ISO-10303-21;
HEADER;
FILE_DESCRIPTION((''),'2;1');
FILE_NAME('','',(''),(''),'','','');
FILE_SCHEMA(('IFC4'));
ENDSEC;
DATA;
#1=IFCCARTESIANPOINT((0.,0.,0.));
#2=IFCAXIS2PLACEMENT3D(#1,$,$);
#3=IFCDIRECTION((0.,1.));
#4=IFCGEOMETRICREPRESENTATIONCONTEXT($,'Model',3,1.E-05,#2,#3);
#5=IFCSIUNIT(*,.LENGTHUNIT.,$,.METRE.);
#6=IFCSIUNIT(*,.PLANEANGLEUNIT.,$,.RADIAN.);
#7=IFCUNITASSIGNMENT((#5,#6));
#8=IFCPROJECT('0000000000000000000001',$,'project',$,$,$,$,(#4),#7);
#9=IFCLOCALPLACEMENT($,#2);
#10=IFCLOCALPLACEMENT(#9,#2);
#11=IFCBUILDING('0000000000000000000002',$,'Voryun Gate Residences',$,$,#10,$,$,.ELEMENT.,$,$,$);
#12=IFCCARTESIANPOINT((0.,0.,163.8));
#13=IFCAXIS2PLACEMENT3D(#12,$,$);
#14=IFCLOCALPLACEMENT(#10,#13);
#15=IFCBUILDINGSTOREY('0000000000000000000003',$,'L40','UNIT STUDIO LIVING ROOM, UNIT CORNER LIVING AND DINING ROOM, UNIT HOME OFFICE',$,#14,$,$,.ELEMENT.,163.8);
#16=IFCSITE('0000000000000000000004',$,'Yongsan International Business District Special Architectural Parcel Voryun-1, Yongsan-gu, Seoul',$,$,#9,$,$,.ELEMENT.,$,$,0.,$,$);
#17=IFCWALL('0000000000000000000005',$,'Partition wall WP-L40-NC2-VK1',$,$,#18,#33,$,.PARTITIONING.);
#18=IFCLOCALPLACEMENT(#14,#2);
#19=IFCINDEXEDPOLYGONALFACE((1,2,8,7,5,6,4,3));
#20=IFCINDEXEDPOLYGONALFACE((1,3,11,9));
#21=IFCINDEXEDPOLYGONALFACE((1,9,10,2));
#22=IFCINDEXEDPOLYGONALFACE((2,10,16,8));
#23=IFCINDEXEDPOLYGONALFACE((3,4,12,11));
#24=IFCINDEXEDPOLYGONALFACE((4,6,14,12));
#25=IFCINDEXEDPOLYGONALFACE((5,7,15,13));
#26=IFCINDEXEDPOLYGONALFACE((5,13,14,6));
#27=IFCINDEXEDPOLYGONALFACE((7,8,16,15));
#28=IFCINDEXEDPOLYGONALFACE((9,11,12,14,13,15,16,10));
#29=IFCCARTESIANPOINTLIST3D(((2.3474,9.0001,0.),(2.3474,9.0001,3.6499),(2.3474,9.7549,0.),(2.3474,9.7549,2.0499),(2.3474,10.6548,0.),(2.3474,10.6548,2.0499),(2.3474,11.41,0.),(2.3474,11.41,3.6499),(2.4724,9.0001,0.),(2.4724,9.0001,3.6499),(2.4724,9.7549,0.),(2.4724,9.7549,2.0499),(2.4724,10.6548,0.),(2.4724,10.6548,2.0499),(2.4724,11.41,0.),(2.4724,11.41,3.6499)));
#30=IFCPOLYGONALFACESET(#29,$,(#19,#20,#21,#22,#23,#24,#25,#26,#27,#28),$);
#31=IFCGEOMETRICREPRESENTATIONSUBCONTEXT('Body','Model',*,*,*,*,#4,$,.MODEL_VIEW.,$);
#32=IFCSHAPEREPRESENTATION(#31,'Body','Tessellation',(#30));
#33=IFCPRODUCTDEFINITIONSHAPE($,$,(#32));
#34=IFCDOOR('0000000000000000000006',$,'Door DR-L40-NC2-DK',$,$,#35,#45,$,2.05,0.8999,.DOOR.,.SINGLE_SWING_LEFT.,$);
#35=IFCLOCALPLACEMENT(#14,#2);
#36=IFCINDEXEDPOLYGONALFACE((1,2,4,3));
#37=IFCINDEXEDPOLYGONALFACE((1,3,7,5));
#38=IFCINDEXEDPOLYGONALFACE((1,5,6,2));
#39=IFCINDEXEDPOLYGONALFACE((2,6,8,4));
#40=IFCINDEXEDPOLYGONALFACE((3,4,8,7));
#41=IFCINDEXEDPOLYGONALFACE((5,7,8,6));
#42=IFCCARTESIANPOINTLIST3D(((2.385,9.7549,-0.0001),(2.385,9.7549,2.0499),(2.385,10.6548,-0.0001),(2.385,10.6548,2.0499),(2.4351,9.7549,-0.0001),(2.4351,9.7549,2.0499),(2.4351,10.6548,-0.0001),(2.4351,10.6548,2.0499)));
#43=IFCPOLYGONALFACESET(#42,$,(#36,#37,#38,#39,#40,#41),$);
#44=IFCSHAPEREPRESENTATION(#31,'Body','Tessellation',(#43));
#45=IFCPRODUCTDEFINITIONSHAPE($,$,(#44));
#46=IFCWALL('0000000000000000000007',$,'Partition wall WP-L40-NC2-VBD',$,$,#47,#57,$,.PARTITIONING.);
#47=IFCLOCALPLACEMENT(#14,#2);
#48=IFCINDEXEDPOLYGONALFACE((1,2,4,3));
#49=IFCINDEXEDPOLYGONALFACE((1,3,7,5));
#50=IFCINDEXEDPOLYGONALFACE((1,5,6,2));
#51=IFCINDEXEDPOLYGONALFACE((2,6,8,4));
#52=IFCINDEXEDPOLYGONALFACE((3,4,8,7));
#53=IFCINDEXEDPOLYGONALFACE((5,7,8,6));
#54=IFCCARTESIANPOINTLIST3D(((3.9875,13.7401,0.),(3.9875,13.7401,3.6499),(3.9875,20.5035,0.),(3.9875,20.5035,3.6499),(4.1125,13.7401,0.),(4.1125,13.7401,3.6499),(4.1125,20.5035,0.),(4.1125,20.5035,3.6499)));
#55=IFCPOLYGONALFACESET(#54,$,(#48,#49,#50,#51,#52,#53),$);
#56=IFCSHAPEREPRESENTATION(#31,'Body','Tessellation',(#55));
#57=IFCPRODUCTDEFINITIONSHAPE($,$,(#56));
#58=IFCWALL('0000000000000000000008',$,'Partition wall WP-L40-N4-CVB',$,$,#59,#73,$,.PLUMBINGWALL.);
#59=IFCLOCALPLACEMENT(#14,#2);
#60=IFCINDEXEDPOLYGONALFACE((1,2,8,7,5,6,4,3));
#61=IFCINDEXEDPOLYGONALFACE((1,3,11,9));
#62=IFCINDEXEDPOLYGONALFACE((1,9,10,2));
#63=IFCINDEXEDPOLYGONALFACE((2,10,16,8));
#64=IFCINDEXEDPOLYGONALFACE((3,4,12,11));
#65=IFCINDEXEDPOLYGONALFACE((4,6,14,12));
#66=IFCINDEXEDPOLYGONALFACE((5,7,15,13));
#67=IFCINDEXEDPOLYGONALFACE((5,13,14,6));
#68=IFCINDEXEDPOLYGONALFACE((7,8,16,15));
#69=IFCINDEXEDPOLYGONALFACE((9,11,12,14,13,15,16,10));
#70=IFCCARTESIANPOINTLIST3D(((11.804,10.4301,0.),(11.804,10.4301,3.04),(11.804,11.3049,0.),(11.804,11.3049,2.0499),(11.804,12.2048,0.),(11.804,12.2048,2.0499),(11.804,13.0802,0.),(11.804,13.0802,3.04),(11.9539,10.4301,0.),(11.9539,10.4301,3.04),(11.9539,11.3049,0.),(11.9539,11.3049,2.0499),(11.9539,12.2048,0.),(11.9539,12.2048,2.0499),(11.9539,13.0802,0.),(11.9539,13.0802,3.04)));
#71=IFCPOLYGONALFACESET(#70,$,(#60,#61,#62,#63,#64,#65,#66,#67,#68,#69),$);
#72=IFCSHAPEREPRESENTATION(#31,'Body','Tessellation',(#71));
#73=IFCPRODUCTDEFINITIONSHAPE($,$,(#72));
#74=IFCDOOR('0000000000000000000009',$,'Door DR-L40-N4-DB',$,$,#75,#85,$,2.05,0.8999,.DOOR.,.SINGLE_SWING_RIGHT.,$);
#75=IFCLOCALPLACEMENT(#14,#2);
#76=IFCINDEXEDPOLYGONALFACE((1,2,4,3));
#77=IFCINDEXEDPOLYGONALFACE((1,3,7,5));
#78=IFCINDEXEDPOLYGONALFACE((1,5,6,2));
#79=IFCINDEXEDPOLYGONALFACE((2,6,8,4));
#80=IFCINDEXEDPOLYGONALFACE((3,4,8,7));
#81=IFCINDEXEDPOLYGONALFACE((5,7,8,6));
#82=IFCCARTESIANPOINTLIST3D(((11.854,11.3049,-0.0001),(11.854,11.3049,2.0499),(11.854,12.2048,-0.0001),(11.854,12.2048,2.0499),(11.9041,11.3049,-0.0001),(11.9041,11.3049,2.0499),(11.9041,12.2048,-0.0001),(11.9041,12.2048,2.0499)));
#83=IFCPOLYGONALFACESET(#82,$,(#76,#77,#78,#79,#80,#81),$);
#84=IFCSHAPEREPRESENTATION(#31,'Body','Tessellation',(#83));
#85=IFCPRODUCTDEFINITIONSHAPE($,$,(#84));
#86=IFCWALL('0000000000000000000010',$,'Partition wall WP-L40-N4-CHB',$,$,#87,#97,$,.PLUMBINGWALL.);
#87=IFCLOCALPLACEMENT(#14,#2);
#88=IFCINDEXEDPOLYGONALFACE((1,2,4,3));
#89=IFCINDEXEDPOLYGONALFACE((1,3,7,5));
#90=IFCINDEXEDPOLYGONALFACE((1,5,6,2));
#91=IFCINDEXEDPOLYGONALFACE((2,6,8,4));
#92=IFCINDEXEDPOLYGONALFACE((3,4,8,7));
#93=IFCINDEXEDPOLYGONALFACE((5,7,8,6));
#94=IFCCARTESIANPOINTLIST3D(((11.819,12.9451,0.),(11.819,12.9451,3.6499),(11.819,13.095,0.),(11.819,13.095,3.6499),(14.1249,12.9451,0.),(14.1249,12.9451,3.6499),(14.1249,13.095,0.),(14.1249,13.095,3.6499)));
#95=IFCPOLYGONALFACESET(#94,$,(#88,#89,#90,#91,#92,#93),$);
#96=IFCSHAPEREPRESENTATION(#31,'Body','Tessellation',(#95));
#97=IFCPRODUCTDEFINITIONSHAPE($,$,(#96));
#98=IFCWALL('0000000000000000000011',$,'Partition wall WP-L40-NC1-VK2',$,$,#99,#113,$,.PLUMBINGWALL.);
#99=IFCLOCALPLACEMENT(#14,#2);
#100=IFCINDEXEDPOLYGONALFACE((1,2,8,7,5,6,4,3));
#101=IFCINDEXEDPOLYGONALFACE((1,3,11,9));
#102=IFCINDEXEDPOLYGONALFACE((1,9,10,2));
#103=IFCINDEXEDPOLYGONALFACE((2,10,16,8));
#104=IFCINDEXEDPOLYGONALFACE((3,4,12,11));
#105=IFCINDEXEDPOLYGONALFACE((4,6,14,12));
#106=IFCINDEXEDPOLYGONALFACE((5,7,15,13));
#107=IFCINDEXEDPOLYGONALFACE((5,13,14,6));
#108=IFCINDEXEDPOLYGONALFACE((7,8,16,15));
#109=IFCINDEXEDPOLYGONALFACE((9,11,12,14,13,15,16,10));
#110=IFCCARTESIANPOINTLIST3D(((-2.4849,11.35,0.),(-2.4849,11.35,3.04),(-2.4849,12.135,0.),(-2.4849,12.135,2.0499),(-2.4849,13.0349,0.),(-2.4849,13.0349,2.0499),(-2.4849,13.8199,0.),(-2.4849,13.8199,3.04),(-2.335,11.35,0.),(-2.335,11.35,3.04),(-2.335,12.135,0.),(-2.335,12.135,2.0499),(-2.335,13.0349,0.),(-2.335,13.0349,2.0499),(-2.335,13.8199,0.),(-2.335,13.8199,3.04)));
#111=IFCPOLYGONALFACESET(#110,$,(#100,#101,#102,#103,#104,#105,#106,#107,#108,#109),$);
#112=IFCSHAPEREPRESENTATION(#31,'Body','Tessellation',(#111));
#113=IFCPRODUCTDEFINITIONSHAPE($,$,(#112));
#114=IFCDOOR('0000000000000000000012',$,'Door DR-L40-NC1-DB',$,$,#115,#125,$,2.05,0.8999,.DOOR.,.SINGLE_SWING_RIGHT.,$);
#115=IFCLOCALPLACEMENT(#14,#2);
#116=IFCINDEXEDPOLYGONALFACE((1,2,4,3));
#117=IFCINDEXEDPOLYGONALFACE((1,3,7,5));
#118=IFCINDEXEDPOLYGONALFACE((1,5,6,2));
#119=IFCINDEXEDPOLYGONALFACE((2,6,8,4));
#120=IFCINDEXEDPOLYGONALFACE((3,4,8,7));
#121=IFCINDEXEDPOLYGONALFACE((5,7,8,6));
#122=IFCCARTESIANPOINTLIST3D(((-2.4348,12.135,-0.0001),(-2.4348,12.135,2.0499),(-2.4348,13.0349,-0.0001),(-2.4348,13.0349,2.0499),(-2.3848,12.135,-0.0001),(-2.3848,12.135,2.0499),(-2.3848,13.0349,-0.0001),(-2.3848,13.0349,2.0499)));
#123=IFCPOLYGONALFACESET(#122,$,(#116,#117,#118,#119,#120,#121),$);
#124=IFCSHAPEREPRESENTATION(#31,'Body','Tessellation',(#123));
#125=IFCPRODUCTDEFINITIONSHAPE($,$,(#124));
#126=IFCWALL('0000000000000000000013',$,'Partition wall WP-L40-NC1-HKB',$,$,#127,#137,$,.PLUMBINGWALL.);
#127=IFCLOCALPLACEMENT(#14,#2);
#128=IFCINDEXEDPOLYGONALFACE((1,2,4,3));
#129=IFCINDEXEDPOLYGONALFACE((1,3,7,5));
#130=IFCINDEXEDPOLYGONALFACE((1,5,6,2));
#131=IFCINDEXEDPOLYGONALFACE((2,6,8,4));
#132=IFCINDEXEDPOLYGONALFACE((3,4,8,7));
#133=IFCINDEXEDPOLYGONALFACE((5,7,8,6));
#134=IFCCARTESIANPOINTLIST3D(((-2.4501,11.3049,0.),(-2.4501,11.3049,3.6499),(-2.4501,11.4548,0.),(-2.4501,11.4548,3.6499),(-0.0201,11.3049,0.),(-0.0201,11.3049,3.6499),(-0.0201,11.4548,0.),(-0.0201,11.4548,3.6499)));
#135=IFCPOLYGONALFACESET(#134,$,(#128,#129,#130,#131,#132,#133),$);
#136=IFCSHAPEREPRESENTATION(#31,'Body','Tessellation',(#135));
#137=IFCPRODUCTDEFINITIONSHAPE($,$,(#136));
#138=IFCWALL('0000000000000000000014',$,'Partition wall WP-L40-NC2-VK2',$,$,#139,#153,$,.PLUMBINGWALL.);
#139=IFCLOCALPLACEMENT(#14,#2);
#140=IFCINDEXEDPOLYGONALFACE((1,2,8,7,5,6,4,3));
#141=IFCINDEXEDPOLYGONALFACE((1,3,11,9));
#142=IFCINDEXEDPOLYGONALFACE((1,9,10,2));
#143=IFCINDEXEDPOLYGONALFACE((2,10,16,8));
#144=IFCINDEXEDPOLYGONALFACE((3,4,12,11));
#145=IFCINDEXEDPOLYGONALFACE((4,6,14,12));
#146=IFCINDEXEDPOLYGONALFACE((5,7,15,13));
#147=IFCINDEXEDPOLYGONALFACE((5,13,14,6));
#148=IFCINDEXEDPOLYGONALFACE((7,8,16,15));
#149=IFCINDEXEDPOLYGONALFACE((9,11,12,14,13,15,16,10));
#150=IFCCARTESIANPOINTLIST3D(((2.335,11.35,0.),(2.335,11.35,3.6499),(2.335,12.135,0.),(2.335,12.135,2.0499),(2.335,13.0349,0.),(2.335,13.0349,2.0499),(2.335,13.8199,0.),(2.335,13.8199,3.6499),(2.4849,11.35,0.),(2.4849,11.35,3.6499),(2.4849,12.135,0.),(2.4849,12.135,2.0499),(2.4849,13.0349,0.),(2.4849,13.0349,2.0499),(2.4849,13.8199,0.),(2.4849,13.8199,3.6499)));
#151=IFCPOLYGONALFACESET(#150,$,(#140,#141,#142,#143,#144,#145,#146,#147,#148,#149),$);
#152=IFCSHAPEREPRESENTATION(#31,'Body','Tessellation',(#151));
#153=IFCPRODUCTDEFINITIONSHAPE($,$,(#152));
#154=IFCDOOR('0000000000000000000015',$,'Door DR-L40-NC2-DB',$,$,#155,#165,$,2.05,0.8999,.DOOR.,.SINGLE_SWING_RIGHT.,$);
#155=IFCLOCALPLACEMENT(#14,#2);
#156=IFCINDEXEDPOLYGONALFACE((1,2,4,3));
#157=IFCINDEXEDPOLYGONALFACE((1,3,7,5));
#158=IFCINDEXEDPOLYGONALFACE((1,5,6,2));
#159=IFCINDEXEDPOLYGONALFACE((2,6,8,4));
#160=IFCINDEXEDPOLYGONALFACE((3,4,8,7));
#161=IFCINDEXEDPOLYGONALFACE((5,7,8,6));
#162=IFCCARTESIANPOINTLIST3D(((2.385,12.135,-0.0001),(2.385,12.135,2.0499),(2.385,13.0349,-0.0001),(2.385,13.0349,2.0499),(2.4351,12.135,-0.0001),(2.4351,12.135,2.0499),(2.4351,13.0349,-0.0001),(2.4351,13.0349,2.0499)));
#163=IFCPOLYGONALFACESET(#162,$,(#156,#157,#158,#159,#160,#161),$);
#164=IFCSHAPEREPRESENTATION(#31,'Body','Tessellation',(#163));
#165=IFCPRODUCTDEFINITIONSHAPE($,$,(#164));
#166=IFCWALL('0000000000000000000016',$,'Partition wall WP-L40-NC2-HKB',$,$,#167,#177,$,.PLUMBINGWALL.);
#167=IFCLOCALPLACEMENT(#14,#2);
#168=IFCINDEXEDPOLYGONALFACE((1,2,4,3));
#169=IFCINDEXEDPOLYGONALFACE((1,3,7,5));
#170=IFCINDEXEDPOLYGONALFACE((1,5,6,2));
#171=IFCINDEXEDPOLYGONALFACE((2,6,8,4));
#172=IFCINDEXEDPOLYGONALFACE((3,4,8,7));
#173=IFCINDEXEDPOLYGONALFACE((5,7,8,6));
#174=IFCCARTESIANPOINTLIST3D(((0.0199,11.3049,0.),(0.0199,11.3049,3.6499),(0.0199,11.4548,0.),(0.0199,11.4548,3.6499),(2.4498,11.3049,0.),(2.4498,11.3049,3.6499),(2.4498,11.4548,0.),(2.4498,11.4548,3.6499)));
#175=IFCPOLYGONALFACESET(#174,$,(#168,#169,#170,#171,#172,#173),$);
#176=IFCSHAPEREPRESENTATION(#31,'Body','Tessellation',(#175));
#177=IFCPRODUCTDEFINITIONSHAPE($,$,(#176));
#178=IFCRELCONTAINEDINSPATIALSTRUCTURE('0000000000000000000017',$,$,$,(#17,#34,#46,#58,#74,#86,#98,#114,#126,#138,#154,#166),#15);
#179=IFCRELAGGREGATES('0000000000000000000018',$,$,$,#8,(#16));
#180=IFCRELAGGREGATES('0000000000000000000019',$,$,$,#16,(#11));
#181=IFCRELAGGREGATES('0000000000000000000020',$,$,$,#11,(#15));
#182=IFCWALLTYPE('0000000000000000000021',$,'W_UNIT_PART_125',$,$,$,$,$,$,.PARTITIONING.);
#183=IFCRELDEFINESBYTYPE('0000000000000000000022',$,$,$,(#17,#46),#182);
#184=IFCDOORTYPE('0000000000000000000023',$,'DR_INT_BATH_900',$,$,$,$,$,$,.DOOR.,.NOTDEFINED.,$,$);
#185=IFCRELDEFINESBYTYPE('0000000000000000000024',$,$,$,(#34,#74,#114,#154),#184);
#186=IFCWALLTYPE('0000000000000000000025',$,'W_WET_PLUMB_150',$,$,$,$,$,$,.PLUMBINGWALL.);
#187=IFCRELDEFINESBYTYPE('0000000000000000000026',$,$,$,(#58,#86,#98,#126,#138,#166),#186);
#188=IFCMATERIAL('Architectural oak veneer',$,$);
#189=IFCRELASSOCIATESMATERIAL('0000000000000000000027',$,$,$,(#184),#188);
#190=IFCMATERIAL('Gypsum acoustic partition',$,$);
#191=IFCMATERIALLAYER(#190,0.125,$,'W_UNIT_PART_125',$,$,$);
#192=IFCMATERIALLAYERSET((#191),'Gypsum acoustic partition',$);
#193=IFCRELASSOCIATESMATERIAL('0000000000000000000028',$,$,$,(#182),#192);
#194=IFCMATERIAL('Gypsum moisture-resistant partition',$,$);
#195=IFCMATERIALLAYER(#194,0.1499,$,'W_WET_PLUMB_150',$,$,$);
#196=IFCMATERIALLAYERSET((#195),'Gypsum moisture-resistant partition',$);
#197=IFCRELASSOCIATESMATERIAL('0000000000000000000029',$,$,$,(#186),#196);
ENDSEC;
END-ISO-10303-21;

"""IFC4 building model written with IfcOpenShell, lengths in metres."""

from ifc_helpers import new_model, si_unit, direction, frame, frame_2d, origin, place, context, subcontext, project, spatial, rectangle, extrude, material, layer, layer_set, type_object, element, fill, save


model = new_model("IFC4")

# Units and contexts
model_context = context("Model", 3, precision=1e-05, world=origin(), true_north=direction((0.0, 1.0)))
body_context = subcontext(model_context, "Body", "Model", "MODEL_VIEW")
ifc_project = project(units=[si_unit("LENGTHUNIT", "METRE"), si_unit("PLANEANGLEUNIT", "RADIAN")], contexts=[model_context])

# Site, building, storey
site_placement = place(None, origin())
site = spatial("IfcSite", under=ifc_project, at=site_placement, Name="Yongsan International Business District Special Architectural Parcel Voryun-1, Yongsan-gu, Seoul", CompositionType="ELEMENT", RefElevation=0.0)
building_placement = place(site_placement, origin())
building = spatial("IfcBuilding", under=site, at=building_placement, Name="Voryun Gate Residences", CompositionType="ELEMENT")
storey_placement = place(building_placement, frame((0.0, 0.0, 163.8)))
storey = spatial("IfcBuildingStorey", under=building, at=storey_placement, Name="L40", Description="UNIT STUDIO LIVING ROOM, UNIT CORNER LIVING AND DINING ROOM, UNIT HOME OFFICE", CompositionType="ELEMENT", Elevation=163.8)

# Shared definitions
ifc_material_1 = material(Name="Architectural oak veneer")
door_type_1 = type_object("IfcDoorType", Name="DR_INT_BATH_900", OperationType="NOTDEFINED", PredefinedType="DOOR", material=ifc_material_1)

# Shared definitions
ifc_material_2 = material(Name="Gypsum acoustic partition")
ifc_layer_1 = layer(ifc_material_2, 0.125, Name="W_UNIT_PART_125")
ifc_layer_set_1 = layer_set([ifc_layer_1], Name="Gypsum acoustic partition")
wall_type_1 = type_object("IfcWallType", Name="W_UNIT_PART_125", PredefinedType="PARTITIONING", material=ifc_layer_set_1)

# Wall, opening, door
wall_1_placement = place(storey_placement, frame((2.4099, 9.0, 0.0), z_axis=(0.0, 0.0, 1.0), x_axis=(0.0, 1.0, 0.0)))
wall_1 = element("IfcWall", 1, at=wall_1_placement, inside=storey, type_object=wall_type_1, Name="Partition wall WP-L40-NC2-VK1", PredefinedType="PARTITIONING", context=body_context, shape_type="SweptSolid", body=[
    extrude(rectangle(XDim=2.4099, YDim=0.125, at=frame_2d((1.2051, 0.0))), origin(), (0.0, 0.0, 1.0), 3.6499),
])
opening_1_placement = place(wall_1_placement, frame((0.7549, 0.0, 0.0)))
opening_1 = element("IfcOpeningElement", 2, at=opening_1_placement, cuts=wall_1, PredefinedType="OPENING", context=body_context, shape_type="SweptSolid", body=[
    extrude(rectangle(XDim=0.8999, YDim=2.05, at=frame_2d((0.45, 1.0249))), frame((0.0, 0.0725, 0.0), z_axis=(0.0, -1.0, 0.0), x_axis=(1.0, 0.0, 0.0)), (0.0, 0.0, 1.0), 0.145),
])
door_1_placement = place(opening_1_placement, origin())
door_1 = element("IfcDoor", 3, at=door_1_placement, inside=storey, type_object=door_type_1, Name="Door DR-L40-NC2-DK", OperationType="SINGLE_SWING_LEFT", OverallHeight=2.05, OverallWidth=0.8999, PredefinedType="DOOR", context=body_context, shape_type="SweptSolid", body=[
    extrude(rectangle(XDim=0.8999, YDim=2.05, at=frame_2d((0.45, 1.0249))), frame((0.0, 0.0249, 0.0), z_axis=(0.0, -1.0, 0.0), x_axis=(1.0, 0.0, 0.0)), (0.0, 0.0, 1.0), 0.05),
])
fill(opening_1, door_1)

# Wall
wall_2_placement = place(storey_placement, frame((4.05, 13.74, 0.0), z_axis=(0.0, 0.0, 1.0), x_axis=(0.0, 1.0, 0.0)))
element("IfcWall", 4, at=wall_2_placement, inside=storey, type_object=wall_type_1, Name="Partition wall WP-L40-NC2-VBD", PredefinedType="PARTITIONING", context=body_context, shape_type="SweptSolid", body=[
    extrude(rectangle(XDim=6.7634, YDim=0.125, at=frame_2d((3.3818, 0.0))), origin(), (0.0, 0.0, 1.0), 3.6499),
])

# Wall, opening, door
ifc_material_3 = material(Name="Gypsum moisture-resistant partition")
ifc_layer_2 = layer(ifc_material_3, 0.1499, Name="W_WET_PLUMB_150")
ifc_layer_set_2 = layer_set([ifc_layer_2], Name="Gypsum moisture-resistant partition")
wall_type_2 = type_object("IfcWallType", Name="W_WET_PLUMB_150", PredefinedType="PLUMBINGWALL", material=ifc_layer_set_2)
wall_3_placement = place(storey_placement, frame((11.8789, 10.4299, 0.0), z_axis=(0.0, 0.0, 1.0), x_axis=(0.0, 1.0, 0.0)))
wall_3 = element("IfcWall", 5, at=wall_3_placement, inside=storey, type_object=wall_type_2, Name="Partition wall WP-L40-N4-CVB", PredefinedType="PLUMBINGWALL", context=body_context, shape_type="SweptSolid", body=[
    extrude(rectangle(XDim=2.6501, YDim=0.1499, at=frame_2d((1.3252, 0.0))), origin(), (0.0, 0.0, 1.0), 3.04),
])
opening_2_placement = place(wall_3_placement, frame((0.875, 0.0, 0.0)))
opening_2 = element("IfcOpeningElement", 6, at=opening_2_placement, cuts=wall_3, PredefinedType="OPENING", context=body_context, shape_type="SweptSolid", body=[
    extrude(rectangle(XDim=0.8999, YDim=2.05, at=frame_2d((0.45, 1.0249))), frame((0.0, 0.085, 0.0), z_axis=(0.0, -1.0, 0.0), x_axis=(1.0, 0.0, 0.0)), (0.0, 0.0, 1.0), 0.1699),
])
door_2_placement = place(opening_2_placement, origin())
door_2 = element("IfcDoor", 7, at=door_2_placement, inside=storey, type_object=door_type_1, Name="Door DR-L40-N4-DB", OperationType="SINGLE_SWING_RIGHT", OverallHeight=2.05, OverallWidth=0.8999, PredefinedType="DOOR", context=body_context, shape_type="SweptSolid", body=[
    extrude(rectangle(XDim=0.8999, YDim=2.05, at=frame_2d((0.45, 1.0249))), frame((0.0, 0.0249, 0.0), z_axis=(0.0, -1.0, 0.0), x_axis=(1.0, 0.0, 0.0)), (0.0, 0.0, 1.0), 0.05),
])
fill(opening_2, door_2)

# Wall
wall_4_placement = place(storey_placement, frame((11.8191, 13.02, 0.0), z_axis=(0.0, 0.0, 1.0), x_axis=(1.0, 0.0, 0.0)))
element("IfcWall", 8, at=wall_4_placement, inside=storey, type_object=wall_type_2, Name="Partition wall WP-L40-N4-CHB", PredefinedType="PLUMBINGWALL", context=body_context, shape_type="SweptSolid", body=[
    extrude(rectangle(XDim=2.3059, YDim=0.1499, at=frame_2d((1.1528, 0.0))), origin(), (0.0, 0.0, 1.0), 3.6499),
])

# Wall, opening, door
wall_5_placement = place(storey_placement, frame((-2.4099, 11.3501, 0.0), z_axis=(0.0, 0.0, 1.0), x_axis=(0.0, 1.0, 0.0)))
wall_5 = element("IfcWall", 9, at=wall_5_placement, inside=storey, type_object=wall_type_2, Name="Partition wall WP-L40-NC1-VK2", PredefinedType="PLUMBINGWALL", context=body_context, shape_type="SweptSolid", body=[
    extrude(rectangle(XDim=2.47, YDim=0.1499, at=frame_2d((1.2349, 0.0))), origin(), (0.0, 0.0, 1.0), 3.04),
])
opening_3_placement = place(wall_5_placement, frame((0.7849, 0.0, 0.0)))
opening_3 = element("IfcOpeningElement", 10, at=opening_3_placement, cuts=wall_5, PredefinedType="OPENING", context=body_context, shape_type="SweptSolid", body=[
    extrude(rectangle(XDim=0.8999, YDim=2.05, at=frame_2d((0.45, 1.0249))), frame((0.0, 0.085, 0.0), z_axis=(0.0, -1.0, 0.0), x_axis=(1.0, 0.0, 0.0)), (0.0, 0.0, 1.0), 0.1699),
])
door_3_placement = place(opening_3_placement, origin())
door_3 = element("IfcDoor", 11, at=door_3_placement, inside=storey, type_object=door_type_1, Name="Door DR-L40-NC1-DB", OperationType="SINGLE_SWING_RIGHT", OverallHeight=2.05, OverallWidth=0.8999, PredefinedType="DOOR", context=body_context, shape_type="SweptSolid", body=[
    extrude(rectangle(XDim=0.8999, YDim=2.05, at=frame_2d((0.45, 1.0249))), frame((0.0, 0.0249, 0.0), z_axis=(0.0, -1.0, 0.0), x_axis=(1.0, 0.0, 0.0)), (0.0, 0.0, 1.0), 0.05),
])
fill(opening_3, door_3)

# Wall
wall_6_placement = place(storey_placement, frame((-2.45, 11.3799, 0.0), z_axis=(0.0, 0.0, 1.0), x_axis=(1.0, 0.0, 0.0)))
element("IfcWall", 12, at=wall_6_placement, inside=storey, type_object=wall_type_2, Name="Partition wall WP-L40-NC1-HKB", PredefinedType="PLUMBINGWALL", context=body_context, shape_type="SweptSolid", body=[
    extrude(rectangle(XDim=2.4299, YDim=0.1499, at=frame_2d((1.2148, 0.0))), origin(), (0.0, 0.0, 1.0), 3.6499),
])

# Wall, opening, door
wall_7_placement = place(storey_placement, frame((2.4099, 11.3501, 0.0), z_axis=(0.0, 0.0, 1.0), x_axis=(0.0, 1.0, 0.0)))
wall_7 = element("IfcWall", 13, at=wall_7_placement, inside=storey, type_object=wall_type_2, Name="Partition wall WP-L40-NC2-VK2", PredefinedType="PLUMBINGWALL", context=body_context, shape_type="SweptSolid", body=[
    extrude(rectangle(XDim=2.47, YDim=0.1499, at=frame_2d((1.2349, 0.0))), origin(), (0.0, 0.0, 1.0), 3.6499),
])
opening_4_placement = place(wall_7_placement, frame((0.7849, 0.0, 0.0)))
opening_4 = element("IfcOpeningElement", 14, at=opening_4_placement, cuts=wall_7, PredefinedType="OPENING", context=body_context, shape_type="SweptSolid", body=[
    extrude(rectangle(XDim=0.8999, YDim=2.05, at=frame_2d((0.45, 1.0249))), frame((0.0, 0.085, 0.0), z_axis=(0.0, -1.0, 0.0), x_axis=(1.0, 0.0, 0.0)), (0.0, 0.0, 1.0), 0.1699),
])
door_4_placement = place(opening_4_placement, origin())
door_4 = element("IfcDoor", 15, at=door_4_placement, inside=storey, type_object=door_type_1, Name="Door DR-L40-NC2-DB", OperationType="SINGLE_SWING_RIGHT", OverallHeight=2.05, OverallWidth=0.8999, PredefinedType="DOOR", context=body_context, shape_type="SweptSolid", body=[
    extrude(rectangle(XDim=0.8999, YDim=2.05, at=frame_2d((0.45, 1.0249))), frame((0.0, 0.0249, 0.0), z_axis=(0.0, -1.0, 0.0), x_axis=(1.0, 0.0, 0.0)), (0.0, 0.0, 1.0), 0.05),
])
fill(opening_4, door_4)

# Wall
wall_8_placement = place(storey_placement, frame((0.02, 11.3799, 0.0), z_axis=(0.0, 0.0, 1.0), x_axis=(1.0, 0.0, 0.0)))
element("IfcWall", 16, at=wall_8_placement, inside=storey, type_object=wall_type_2, Name="Partition wall WP-L40-NC2-HKB", PredefinedType="PLUMBINGWALL", context=body_context, shape_type="SweptSolid", body=[
    extrude(rectangle(XDim=2.4299, YDim=0.1499, at=frame_2d((1.2148, 0.0))), origin(), (0.0, 0.0, 1.0), 3.6499),
])

save(model, "model.ifc")
